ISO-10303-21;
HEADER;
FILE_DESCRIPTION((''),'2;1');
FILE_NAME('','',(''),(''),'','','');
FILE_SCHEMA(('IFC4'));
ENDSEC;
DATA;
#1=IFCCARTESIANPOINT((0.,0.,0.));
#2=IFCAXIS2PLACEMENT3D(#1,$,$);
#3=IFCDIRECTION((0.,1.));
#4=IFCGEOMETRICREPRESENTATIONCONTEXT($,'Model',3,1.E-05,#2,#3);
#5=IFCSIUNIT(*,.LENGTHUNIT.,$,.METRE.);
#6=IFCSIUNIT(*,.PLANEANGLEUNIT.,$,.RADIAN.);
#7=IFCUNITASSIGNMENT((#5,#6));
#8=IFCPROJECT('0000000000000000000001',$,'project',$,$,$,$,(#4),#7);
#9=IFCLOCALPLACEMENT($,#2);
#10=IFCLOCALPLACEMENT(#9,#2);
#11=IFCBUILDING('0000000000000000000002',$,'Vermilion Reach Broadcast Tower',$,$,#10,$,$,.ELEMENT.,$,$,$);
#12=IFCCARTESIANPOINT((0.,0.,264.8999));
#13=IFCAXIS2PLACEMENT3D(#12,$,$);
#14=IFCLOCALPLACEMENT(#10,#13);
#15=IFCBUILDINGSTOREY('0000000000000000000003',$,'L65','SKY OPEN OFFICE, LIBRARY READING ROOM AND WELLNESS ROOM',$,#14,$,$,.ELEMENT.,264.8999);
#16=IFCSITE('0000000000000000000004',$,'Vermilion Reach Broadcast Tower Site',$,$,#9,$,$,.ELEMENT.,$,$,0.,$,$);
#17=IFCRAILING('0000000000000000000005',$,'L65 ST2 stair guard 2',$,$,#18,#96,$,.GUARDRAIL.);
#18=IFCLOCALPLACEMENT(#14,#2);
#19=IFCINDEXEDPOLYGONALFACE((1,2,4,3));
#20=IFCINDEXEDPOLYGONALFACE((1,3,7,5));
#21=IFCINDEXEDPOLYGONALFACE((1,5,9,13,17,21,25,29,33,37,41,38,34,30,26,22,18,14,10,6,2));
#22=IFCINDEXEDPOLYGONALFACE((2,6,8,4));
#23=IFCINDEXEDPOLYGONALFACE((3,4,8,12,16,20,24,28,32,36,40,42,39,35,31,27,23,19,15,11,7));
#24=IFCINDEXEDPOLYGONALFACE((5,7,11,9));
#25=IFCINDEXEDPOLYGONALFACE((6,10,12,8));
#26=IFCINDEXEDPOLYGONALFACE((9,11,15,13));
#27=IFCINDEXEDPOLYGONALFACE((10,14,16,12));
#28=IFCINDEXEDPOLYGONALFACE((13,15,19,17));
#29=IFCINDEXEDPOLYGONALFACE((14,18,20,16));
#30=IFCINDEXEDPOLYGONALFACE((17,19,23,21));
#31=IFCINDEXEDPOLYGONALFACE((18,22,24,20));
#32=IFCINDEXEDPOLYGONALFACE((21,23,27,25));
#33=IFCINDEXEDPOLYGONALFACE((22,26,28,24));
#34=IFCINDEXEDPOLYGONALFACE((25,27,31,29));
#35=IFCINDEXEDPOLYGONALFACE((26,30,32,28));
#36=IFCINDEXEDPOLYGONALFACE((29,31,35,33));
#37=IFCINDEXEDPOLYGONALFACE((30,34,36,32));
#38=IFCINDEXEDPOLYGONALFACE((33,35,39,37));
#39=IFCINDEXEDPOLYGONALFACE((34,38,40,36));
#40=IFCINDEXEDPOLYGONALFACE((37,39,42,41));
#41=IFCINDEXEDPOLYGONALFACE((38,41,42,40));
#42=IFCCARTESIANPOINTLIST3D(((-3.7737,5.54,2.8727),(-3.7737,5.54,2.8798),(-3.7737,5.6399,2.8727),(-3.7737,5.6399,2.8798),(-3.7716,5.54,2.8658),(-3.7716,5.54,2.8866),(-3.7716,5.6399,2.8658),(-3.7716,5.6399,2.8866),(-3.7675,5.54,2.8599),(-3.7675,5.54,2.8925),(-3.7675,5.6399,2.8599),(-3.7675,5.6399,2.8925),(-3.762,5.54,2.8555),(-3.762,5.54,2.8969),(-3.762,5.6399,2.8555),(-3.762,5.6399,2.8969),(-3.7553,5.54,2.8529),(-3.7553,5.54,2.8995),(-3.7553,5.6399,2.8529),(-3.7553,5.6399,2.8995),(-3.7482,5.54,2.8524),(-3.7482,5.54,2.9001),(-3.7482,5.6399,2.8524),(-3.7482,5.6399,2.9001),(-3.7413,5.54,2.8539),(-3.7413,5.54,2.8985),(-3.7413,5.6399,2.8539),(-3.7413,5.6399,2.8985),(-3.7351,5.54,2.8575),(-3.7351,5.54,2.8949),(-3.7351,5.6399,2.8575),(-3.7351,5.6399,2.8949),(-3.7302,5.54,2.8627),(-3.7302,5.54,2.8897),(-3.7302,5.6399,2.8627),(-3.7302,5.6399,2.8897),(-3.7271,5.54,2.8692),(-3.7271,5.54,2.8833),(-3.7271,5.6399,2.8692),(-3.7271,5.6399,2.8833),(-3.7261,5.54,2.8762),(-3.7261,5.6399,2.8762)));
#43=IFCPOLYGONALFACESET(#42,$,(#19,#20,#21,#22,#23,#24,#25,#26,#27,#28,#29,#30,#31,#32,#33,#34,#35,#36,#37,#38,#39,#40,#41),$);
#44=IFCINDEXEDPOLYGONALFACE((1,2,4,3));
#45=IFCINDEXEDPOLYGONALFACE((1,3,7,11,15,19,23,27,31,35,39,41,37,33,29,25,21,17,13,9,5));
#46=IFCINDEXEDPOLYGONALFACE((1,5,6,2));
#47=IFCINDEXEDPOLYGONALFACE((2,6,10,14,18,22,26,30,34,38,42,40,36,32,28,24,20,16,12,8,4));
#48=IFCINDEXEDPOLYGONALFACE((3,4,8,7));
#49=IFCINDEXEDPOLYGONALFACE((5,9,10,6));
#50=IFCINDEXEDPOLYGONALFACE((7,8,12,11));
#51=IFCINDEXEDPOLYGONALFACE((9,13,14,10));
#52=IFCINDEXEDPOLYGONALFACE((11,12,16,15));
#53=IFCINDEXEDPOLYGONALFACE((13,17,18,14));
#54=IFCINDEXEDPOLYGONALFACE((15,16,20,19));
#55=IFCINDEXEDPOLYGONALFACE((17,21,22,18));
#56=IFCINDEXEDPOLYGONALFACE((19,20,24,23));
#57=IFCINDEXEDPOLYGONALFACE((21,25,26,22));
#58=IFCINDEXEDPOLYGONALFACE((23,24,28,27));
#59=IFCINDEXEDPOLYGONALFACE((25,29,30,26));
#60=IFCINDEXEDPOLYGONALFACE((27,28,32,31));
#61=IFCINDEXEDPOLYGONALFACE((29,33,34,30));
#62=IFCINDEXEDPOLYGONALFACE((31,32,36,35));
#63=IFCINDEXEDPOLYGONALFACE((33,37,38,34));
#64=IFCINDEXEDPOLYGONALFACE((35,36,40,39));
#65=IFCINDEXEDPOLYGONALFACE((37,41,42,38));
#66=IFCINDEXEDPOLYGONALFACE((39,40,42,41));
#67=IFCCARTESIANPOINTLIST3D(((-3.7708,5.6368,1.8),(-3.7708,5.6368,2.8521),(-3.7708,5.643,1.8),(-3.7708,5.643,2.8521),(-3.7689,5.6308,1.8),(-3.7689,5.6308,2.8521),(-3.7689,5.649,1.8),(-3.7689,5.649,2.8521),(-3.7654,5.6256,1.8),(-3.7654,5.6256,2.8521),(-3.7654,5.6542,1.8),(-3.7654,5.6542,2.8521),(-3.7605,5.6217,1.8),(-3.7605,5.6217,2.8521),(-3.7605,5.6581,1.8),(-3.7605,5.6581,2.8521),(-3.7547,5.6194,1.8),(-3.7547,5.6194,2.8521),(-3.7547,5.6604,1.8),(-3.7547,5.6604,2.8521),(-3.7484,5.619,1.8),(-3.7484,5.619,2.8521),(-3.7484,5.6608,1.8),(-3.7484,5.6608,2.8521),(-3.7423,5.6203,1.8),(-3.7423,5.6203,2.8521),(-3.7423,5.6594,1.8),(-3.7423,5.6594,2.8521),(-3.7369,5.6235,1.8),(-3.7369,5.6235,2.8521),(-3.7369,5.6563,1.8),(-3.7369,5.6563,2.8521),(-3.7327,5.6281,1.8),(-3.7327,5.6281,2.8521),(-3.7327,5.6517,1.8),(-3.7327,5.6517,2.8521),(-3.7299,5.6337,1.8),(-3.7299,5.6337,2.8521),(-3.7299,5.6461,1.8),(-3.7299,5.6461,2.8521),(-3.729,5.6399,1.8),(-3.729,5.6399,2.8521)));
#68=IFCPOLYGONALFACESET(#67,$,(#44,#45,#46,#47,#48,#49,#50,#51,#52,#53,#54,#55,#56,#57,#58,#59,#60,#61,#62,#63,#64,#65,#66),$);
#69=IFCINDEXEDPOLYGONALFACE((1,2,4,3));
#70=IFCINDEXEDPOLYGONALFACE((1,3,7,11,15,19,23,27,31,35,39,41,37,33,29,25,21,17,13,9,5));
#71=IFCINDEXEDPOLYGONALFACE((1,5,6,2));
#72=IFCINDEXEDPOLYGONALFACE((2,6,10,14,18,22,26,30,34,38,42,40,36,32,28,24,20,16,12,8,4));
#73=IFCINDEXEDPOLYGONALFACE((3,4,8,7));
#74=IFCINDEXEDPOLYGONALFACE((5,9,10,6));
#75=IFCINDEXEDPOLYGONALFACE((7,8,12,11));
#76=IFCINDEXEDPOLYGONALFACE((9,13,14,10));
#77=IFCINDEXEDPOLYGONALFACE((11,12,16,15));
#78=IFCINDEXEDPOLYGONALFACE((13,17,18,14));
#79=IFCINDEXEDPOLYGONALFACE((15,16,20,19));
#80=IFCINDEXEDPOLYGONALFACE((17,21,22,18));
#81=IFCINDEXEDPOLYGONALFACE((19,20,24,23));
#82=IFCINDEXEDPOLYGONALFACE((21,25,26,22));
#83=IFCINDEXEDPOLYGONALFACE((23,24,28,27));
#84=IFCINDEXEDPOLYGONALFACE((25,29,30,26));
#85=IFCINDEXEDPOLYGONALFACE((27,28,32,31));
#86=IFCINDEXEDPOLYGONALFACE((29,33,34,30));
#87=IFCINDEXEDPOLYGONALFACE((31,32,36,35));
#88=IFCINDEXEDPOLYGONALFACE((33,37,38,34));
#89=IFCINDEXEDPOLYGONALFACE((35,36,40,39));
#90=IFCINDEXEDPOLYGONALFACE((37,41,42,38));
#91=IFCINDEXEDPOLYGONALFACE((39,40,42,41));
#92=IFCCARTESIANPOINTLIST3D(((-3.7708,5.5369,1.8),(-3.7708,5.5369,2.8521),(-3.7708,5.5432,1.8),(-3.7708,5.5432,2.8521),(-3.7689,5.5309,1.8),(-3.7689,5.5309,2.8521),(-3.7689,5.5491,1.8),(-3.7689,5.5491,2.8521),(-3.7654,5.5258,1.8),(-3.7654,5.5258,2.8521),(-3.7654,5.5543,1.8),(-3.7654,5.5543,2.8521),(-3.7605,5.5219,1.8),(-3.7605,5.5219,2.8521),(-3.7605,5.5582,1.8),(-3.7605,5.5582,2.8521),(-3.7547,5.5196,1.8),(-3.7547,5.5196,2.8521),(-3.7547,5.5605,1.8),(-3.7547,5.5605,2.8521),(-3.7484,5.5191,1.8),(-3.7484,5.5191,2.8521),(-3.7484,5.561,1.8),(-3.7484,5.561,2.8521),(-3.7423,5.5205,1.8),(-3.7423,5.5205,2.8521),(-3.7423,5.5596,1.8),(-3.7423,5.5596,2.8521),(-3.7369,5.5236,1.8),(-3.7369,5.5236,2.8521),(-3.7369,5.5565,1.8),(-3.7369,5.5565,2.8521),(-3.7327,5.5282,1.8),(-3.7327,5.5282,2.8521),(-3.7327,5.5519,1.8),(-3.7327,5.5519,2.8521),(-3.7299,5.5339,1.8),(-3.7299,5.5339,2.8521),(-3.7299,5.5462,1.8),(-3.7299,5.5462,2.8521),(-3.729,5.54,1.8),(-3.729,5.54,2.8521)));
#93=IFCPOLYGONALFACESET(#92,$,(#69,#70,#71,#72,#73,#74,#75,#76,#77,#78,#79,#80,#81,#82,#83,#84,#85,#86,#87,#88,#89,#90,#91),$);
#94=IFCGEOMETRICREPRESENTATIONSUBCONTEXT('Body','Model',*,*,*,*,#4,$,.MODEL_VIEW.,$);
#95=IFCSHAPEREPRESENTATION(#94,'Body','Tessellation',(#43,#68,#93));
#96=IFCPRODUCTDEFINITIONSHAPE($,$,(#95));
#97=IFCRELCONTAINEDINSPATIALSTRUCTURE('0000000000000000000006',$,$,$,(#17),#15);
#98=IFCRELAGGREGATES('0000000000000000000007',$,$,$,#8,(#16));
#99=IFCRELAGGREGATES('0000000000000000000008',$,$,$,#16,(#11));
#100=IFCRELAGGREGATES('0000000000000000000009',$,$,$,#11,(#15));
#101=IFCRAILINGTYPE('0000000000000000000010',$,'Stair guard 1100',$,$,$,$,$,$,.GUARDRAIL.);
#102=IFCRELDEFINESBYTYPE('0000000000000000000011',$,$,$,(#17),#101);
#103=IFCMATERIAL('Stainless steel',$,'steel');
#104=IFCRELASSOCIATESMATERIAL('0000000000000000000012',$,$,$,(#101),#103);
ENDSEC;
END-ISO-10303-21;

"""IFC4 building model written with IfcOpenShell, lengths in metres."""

from ifc_helpers import new_model, si_unit, direction, frame, origin, origin_2d, place, context, subcontext, project, spatial, circle, extrude, material, type_object, element, save


model = new_model("IFC4")

# Units and contexts
model_context = context("Model", 3, precision=1e-05, world=origin(), true_north=direction((0.0, 1.0)))
body_context = subcontext(model_context, "Body", "Model", "MODEL_VIEW")
ifc_project = project(units=[si_unit("LENGTHUNIT", "METRE"), si_unit("PLANEANGLEUNIT", "RADIAN")], contexts=[model_context])

# Site, building, storey
site_placement = place(None, origin())
site = spatial("IfcSite", under=ifc_project, at=site_placement, Name="Vermilion Reach Broadcast Tower Site", CompositionType="ELEMENT", RefElevation=0.0)
building_placement = place(site_placement, origin())
building = spatial("IfcBuilding", under=site, at=building_placement, Name="Vermilion Reach Broadcast Tower", CompositionType="ELEMENT")
storey_placement = place(building_placement, frame((0.0, 0.0, 264.8999)))
storey = spatial("IfcBuildingStorey", under=building, at=storey_placement, Name="L65", Description="SKY OPEN OFFICE, LIBRARY READING ROOM AND WELLNESS ROOM", CompositionType="ELEMENT", Elevation=264.8999)

# Railing
ifc_material_1 = material(Name="Stainless steel", Category="steel")
railing_type_1 = type_object("IfcRailingType", Name="Stair guard 1100", PredefinedType="GUARDRAIL", material=ifc_material_1)
railing_1_placement = place(storey_placement, frame((-3.75, 5.6399, 1.8)))
element("IfcRailing", 1, at=railing_1_placement, inside=storey, type_object=railing_type_1, Name="L65 ST2 stair guard 2", PredefinedType="GUARDRAIL", context=body_context, shape_type="SweptSolid", body=[
    extrude(circle(Radius=0.0239, at=origin_2d()), frame((0.0, 0.0, 1.0762), z_axis=(0.0, -1.0, 0.0), x_axis=(1.0, 0.0, 0.0)), (0.0, 0.0, 1.0), 0.0999),
    extrude(circle(Radius=0.021, at=origin_2d()), origin(), (0.0, 0.0, 1.0), 1.052),
    extrude(circle(Radius=0.021, at=origin_2d()), frame((0.0, -0.0999, 0.0)), (0.0, 0.0, 1.0), 1.052),
])

save(model, "model.ifc")
